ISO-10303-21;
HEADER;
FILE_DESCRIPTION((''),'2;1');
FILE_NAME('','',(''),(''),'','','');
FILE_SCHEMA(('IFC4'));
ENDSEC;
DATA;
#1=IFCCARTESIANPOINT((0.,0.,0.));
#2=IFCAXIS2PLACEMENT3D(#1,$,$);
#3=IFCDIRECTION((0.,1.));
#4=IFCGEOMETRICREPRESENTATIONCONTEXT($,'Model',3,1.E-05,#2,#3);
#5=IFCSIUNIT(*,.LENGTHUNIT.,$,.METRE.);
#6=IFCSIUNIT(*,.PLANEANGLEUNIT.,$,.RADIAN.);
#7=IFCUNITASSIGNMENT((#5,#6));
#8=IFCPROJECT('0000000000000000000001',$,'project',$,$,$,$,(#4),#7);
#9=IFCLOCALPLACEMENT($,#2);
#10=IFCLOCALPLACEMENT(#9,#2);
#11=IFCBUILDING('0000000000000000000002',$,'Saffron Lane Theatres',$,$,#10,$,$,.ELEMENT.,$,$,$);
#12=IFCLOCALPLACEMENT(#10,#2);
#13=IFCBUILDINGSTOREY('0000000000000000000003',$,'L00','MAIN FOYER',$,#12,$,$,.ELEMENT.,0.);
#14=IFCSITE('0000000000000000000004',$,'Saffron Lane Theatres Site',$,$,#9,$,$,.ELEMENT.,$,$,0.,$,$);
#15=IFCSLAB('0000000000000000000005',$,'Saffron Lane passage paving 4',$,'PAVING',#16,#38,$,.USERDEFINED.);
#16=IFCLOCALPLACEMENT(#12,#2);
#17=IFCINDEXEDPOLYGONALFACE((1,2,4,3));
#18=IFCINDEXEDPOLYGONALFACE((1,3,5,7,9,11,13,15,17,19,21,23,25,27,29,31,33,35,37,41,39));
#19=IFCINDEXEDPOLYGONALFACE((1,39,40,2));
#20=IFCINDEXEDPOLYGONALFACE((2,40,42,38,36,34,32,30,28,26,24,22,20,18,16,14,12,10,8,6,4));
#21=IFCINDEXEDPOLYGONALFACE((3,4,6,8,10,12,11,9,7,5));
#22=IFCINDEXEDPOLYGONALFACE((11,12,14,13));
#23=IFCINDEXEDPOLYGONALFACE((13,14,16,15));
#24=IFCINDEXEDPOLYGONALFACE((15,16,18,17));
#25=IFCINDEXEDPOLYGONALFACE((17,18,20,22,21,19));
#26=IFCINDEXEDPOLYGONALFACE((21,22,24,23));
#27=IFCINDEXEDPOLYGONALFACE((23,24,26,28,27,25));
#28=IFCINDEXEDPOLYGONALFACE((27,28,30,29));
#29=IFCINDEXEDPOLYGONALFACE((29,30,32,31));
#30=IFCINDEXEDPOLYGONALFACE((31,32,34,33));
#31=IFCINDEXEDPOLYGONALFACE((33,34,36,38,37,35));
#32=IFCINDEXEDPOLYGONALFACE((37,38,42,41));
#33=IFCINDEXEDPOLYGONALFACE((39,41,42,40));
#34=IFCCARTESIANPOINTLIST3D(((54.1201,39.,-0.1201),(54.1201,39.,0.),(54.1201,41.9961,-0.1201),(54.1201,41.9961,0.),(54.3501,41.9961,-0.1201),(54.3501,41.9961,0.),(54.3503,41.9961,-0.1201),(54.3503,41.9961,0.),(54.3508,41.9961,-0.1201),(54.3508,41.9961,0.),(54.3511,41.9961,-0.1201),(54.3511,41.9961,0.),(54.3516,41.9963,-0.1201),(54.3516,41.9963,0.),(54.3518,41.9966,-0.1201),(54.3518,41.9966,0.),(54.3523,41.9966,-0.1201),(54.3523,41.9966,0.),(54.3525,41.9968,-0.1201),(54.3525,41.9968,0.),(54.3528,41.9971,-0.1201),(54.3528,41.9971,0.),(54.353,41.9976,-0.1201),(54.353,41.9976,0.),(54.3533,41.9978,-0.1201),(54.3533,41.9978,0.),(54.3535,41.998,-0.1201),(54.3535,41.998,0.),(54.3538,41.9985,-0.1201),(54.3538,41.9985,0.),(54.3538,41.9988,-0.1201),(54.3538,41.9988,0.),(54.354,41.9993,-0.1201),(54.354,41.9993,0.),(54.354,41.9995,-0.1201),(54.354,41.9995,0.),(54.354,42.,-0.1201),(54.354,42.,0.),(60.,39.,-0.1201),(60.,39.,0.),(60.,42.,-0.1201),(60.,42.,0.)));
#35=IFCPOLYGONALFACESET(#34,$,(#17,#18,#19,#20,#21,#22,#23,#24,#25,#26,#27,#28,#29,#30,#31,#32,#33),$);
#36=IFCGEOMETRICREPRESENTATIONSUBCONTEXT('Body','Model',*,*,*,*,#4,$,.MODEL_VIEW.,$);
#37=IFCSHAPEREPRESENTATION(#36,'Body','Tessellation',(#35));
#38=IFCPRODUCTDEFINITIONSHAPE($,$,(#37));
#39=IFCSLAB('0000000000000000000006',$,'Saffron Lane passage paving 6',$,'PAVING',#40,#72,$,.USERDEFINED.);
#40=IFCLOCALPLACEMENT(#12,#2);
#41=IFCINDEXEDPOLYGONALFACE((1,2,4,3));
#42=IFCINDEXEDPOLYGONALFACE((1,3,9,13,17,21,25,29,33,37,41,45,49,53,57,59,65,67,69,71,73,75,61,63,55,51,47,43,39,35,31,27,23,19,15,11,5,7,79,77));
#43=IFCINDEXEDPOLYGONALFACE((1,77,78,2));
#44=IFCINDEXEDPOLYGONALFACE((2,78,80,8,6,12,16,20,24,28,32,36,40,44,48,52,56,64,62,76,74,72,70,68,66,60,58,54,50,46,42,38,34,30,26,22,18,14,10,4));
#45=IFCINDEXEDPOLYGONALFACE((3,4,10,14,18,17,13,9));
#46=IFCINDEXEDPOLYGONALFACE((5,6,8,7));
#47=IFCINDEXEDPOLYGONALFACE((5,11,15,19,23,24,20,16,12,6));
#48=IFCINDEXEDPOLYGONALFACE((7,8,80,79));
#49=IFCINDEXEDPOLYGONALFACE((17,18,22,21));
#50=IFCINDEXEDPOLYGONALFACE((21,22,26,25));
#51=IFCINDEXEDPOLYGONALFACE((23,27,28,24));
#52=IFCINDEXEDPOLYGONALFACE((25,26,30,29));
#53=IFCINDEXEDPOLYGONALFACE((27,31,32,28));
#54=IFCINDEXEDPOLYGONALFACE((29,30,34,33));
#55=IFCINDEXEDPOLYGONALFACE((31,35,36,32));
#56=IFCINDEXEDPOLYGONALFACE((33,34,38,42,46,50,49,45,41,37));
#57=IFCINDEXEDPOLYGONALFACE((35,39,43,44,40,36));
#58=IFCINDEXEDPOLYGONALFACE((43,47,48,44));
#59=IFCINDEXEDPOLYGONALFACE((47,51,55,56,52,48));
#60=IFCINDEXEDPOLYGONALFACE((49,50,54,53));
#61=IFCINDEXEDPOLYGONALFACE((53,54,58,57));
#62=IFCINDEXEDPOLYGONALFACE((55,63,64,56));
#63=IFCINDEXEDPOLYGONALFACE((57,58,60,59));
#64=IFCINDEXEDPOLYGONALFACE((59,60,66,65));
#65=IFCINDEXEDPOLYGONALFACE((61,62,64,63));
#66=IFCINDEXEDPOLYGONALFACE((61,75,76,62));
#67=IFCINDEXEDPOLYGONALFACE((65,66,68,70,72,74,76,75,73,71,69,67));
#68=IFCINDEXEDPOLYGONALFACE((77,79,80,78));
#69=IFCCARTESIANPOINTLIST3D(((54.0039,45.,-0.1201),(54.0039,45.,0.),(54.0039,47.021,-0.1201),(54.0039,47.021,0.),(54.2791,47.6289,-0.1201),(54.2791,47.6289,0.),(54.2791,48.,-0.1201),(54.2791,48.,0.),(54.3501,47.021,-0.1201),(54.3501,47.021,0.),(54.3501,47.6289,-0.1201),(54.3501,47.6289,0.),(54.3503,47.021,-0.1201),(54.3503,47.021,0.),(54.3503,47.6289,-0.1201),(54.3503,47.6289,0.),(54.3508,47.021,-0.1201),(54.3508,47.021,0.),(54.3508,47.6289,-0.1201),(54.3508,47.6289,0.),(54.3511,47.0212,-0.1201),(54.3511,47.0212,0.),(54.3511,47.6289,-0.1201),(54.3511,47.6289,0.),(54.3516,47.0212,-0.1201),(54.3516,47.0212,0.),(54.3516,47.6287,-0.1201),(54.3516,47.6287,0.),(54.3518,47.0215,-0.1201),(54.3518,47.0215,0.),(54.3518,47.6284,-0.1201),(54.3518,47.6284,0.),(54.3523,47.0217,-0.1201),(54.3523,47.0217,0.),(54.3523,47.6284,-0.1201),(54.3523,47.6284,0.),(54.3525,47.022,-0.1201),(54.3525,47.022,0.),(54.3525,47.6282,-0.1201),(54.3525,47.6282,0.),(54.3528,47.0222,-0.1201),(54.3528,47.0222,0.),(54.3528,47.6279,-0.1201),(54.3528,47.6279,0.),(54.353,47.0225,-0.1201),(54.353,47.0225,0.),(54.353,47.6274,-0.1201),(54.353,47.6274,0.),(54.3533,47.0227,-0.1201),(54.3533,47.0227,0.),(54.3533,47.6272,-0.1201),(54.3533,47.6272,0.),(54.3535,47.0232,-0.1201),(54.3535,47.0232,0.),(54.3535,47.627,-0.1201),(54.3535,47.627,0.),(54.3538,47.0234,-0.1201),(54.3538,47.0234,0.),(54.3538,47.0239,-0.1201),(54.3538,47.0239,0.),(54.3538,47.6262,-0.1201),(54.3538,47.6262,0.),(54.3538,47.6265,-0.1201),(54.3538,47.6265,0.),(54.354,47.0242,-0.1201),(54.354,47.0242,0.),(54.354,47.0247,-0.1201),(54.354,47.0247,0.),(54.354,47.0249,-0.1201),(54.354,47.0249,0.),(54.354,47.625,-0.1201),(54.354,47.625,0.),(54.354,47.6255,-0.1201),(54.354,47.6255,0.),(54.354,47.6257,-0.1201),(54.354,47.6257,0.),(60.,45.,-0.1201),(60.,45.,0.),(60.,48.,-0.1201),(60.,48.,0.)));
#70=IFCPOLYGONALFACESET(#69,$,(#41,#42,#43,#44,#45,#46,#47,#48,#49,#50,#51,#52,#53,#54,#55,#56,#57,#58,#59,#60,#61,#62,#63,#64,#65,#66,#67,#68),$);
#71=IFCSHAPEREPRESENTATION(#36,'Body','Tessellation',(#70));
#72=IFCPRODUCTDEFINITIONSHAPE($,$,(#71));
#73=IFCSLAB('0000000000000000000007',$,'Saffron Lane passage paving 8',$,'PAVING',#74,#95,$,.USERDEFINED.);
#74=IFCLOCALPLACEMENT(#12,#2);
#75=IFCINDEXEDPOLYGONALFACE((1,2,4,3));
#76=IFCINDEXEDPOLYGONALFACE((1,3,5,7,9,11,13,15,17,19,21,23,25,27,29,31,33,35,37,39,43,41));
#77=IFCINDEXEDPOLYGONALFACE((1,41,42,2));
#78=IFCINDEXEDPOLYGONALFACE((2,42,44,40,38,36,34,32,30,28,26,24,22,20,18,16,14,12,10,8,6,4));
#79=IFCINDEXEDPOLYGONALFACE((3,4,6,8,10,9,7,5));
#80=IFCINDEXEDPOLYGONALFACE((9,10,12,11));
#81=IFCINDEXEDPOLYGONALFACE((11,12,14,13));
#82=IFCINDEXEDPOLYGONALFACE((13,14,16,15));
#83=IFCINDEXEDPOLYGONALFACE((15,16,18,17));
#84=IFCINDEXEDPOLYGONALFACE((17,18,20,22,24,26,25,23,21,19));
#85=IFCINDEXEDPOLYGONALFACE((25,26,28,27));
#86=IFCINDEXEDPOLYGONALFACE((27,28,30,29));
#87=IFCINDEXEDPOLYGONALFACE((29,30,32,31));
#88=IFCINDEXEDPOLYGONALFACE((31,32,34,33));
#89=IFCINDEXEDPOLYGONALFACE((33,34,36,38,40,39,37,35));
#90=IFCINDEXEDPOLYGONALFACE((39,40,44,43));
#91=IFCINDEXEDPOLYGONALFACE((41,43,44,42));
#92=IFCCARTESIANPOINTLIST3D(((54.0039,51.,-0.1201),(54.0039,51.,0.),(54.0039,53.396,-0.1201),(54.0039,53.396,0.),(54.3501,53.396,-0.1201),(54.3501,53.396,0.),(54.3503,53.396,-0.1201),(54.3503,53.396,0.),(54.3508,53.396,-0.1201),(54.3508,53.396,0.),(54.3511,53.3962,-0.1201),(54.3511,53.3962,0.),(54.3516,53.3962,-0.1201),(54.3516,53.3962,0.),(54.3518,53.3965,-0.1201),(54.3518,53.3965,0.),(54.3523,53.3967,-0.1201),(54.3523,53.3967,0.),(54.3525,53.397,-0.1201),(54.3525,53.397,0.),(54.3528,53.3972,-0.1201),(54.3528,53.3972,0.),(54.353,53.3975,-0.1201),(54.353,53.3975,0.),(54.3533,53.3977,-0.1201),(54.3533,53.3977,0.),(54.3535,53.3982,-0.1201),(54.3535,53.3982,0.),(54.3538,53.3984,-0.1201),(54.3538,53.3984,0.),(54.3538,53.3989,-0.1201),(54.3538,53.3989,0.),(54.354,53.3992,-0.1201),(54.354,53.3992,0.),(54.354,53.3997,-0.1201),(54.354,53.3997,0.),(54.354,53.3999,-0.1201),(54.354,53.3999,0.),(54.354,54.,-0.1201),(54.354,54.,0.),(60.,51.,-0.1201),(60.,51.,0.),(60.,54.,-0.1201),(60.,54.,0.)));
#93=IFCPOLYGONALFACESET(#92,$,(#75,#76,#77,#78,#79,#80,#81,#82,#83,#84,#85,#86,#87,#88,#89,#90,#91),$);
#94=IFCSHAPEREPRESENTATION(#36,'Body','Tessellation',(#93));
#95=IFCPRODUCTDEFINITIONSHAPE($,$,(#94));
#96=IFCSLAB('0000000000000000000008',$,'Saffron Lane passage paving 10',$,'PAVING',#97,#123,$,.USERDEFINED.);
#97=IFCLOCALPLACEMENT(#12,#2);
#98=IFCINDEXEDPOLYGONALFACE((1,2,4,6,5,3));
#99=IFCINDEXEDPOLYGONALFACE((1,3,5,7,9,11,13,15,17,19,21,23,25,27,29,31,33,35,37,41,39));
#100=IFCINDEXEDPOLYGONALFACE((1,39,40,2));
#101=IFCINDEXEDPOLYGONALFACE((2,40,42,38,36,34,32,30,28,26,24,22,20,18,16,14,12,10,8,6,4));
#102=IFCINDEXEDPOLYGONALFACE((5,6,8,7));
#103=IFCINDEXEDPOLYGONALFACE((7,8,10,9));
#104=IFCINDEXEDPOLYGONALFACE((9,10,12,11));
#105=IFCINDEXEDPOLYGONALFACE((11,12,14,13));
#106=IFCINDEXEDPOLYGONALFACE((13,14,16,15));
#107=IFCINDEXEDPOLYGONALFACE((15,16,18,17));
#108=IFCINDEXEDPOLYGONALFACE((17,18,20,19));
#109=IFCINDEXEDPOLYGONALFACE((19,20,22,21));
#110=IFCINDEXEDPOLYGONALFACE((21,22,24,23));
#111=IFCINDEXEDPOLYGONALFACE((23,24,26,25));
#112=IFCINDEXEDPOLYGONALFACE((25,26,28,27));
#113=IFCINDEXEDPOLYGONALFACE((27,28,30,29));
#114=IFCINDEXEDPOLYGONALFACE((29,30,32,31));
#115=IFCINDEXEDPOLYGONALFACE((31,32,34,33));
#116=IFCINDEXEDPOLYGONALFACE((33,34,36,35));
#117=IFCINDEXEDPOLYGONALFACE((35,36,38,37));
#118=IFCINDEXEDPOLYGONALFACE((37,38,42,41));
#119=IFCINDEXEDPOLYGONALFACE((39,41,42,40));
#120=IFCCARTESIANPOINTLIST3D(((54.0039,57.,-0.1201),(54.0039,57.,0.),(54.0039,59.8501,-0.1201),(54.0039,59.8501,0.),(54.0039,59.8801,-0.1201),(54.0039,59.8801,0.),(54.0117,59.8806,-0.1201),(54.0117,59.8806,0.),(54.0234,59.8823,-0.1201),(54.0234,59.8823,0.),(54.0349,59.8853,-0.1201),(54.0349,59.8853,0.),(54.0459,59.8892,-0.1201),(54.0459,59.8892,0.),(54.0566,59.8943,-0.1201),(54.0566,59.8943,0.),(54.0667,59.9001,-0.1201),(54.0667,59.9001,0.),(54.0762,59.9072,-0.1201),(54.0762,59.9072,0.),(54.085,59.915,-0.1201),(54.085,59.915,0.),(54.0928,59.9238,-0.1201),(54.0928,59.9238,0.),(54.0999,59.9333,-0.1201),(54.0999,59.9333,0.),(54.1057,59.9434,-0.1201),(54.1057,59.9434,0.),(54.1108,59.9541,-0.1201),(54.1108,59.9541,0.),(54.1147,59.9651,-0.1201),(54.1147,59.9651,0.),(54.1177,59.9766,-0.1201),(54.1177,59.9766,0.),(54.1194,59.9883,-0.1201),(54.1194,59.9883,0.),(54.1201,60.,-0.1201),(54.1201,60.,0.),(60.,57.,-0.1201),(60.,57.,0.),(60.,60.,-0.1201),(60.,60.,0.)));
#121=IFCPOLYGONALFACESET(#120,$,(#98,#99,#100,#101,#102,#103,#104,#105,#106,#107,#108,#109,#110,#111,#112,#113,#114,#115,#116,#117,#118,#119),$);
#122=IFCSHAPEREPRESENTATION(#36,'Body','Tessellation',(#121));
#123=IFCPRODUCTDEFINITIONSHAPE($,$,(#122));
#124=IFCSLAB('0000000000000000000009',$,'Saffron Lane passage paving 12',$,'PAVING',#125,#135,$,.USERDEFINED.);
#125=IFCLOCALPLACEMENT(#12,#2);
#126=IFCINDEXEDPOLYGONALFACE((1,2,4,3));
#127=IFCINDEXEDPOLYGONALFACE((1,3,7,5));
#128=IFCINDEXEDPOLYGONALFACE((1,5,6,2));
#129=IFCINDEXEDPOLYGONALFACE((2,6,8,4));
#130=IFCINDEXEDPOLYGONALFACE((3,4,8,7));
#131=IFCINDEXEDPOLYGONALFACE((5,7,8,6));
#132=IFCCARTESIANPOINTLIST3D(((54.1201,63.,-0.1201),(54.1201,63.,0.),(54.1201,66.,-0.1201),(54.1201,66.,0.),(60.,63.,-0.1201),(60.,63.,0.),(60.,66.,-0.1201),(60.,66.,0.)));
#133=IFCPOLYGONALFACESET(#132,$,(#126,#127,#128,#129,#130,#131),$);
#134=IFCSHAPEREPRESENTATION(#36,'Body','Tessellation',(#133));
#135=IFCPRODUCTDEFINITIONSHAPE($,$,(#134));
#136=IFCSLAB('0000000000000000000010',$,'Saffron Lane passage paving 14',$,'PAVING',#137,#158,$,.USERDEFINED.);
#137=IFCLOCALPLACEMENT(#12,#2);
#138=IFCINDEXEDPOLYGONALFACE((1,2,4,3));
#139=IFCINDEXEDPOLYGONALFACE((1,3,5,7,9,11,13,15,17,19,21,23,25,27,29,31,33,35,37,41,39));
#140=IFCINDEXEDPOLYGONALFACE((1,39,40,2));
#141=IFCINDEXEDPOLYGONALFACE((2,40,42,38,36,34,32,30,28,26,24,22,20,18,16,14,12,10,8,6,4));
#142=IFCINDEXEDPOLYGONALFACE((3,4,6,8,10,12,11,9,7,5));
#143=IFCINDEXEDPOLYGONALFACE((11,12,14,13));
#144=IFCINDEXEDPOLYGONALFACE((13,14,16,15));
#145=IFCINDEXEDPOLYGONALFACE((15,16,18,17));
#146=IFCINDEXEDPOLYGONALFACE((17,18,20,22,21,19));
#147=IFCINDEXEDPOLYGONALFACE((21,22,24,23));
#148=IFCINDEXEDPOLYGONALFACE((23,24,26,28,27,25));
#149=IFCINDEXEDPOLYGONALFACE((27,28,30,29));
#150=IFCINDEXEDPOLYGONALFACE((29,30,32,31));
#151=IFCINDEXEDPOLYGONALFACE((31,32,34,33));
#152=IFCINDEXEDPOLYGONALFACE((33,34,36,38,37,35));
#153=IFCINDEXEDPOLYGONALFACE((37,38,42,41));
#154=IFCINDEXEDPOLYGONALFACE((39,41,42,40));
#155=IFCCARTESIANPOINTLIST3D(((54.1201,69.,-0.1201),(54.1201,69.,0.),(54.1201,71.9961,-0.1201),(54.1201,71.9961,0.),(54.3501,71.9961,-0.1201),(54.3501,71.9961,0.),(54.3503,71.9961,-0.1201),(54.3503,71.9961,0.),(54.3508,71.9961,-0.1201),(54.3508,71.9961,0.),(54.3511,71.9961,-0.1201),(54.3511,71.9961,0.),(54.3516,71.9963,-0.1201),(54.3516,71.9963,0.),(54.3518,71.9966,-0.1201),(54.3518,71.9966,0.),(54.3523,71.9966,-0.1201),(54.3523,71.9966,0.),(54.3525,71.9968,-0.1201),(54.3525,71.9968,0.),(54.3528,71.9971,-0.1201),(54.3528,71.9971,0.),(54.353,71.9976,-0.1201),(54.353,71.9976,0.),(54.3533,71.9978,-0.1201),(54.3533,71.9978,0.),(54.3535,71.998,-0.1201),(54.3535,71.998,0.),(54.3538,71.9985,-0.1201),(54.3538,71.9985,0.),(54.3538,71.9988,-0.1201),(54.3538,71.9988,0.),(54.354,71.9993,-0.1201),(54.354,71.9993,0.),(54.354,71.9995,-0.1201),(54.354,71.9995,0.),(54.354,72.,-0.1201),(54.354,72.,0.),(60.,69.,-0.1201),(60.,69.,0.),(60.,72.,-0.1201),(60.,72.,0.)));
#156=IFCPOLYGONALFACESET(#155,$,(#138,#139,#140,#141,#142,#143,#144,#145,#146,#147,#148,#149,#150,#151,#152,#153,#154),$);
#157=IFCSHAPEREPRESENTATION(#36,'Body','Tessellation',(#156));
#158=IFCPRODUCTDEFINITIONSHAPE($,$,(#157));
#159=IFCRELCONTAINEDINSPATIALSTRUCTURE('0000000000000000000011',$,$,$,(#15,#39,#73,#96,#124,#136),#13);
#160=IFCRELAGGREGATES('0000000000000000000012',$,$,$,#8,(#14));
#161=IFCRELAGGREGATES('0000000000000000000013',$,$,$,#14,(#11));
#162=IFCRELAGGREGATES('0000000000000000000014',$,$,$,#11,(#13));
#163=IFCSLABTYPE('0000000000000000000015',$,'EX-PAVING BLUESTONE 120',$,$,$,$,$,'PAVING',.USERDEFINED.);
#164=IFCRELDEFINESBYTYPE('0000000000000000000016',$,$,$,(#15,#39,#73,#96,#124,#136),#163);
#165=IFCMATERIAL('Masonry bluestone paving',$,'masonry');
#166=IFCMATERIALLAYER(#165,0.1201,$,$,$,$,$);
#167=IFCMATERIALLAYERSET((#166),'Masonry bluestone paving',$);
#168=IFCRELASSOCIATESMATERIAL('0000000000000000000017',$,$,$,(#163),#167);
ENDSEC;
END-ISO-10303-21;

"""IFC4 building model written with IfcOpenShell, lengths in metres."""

from ifc_helpers import new_model, si_unit, direction, frame, origin, place, context, subcontext, project, spatial, polyline, outline, extrude, material, layer, layer_set, type_object, element, save


model = new_model("IFC4")

# Units and contexts
model_context = context("Model", 3, precision=1e-05, world=origin(), true_north=direction((0.0, 1.0)))
body_context = subcontext(model_context, "Body", "Model", "MODEL_VIEW")
ifc_project = project(units=[si_unit("LENGTHUNIT", "METRE"), si_unit("PLANEANGLEUNIT", "RADIAN")], contexts=[model_context])

# Site, building, storey
site_placement = place(None, origin())
site = spatial("IfcSite", under=ifc_project, at=site_placement, Name="Saffron Lane Theatres Site", CompositionType="ELEMENT", RefElevation=0.0)
building_placement = place(site_placement, origin())
building = spatial("IfcBuilding", under=site, at=building_placement, Name="Saffron Lane Theatres", CompositionType="ELEMENT")
storey_placement = place(building_placement, origin())
storey = spatial("IfcBuildingStorey", under=building, at=storey_placement, Name="L00", Description="MAIN FOYER", CompositionType="ELEMENT", Elevation=0.0)

# Slabs
ifc_material_1 = material(Name="Masonry bluestone paving", Category="masonry")
ifc_layer_1 = layer(ifc_material_1, 0.1201)
ifc_layer_set_1 = layer_set([ifc_layer_1], Name="Masonry bluestone paving")
slab_type_1 = type_object("IfcSlabType", Name="EX-PAVING BLUESTONE 120", ElementType="PAVING", PredefinedType="USERDEFINED", material=ifc_layer_set_1)
slab_1_placement = place(storey_placement, frame((0.0, 0.0, -0.1201)))
element("IfcSlab", 1, at=slab_1_placement, inside=storey, type_object=slab_type_1, Name="Saffron Lane passage paving 4", ObjectType="PAVING", PredefinedType="USERDEFINED", context=body_context, shape_type="SweptSolid", body=[
    extrude(outline(polyline([(60.0, 39.0), (60.0, 42.0), (54.354, 42.0), (54.354, 41.9995), (54.354, 41.9993), (54.3538, 41.9988), (54.3538, 41.9985), (54.3535, 41.998), (54.3533, 41.9978), (54.353, 41.9976), (54.3528, 41.9971), (54.3525, 41.9968), (54.3523, 41.9966), (54.3518, 41.9966), (54.3516, 41.9963), (54.3511, 41.9961), (54.3508, 41.9961), (54.3503, 41.9961), (54.3501, 41.9961), (54.1201, 41.9961), (54.1201, 39.0), (60.0, 39.0)])), origin(), (0.0, 0.0, 1.0), 0.1201),
])
slab_2_placement = place(storey_placement, frame((0.0, 0.0, -0.1201)))
element("IfcSlab", 2, at=slab_2_placement, inside=storey, type_object=slab_type_1, Name="Saffron Lane passage paving 6", ObjectType="PAVING", PredefinedType="USERDEFINED", context=body_context, shape_type="SweptSolid", body=[
    extrude(outline(polyline([(60.0, 45.0), (60.0, 48.0), (54.2791, 48.0), (54.2791, 47.6289), (54.3501, 47.6289), (54.3503, 47.6289), (54.3508, 47.6289), (54.3511, 47.6289), (54.3516, 47.6287), (54.3518, 47.6284), (54.3523, 47.6284), (54.3525, 47.6282), (54.3528, 47.6279), (54.353, 47.6274), (54.3533, 47.6272), (54.3535, 47.627), (54.3538, 47.6265), (54.3538, 47.6262), (54.354, 47.6257), (54.354, 47.6255), (54.354, 47.625), (54.354, 47.0249), (54.354, 47.0247), (54.354, 47.0242), (54.3538, 47.0239), (54.3538, 47.0234), (54.3535, 47.0232), (54.3533, 47.0227), (54.353, 47.0225), (54.3528, 47.0222), (54.3525, 47.022), (54.3523, 47.0217), (54.3518, 47.0215), (54.3516, 47.0212), (54.3511, 47.0212), (54.3508, 47.021), (54.3503, 47.021), (54.3501, 47.021), (54.0039, 47.021), (54.0039, 45.0), (60.0, 45.0)])), origin(), (0.0, 0.0, 1.0), 0.1201),
])
slab_3_placement = place(storey_placement, frame((0.0, 0.0, -0.1201)))
element("IfcSlab", 3, at=slab_3_placement, inside=storey, type_object=slab_type_1, Name="Saffron Lane passage paving 8", ObjectType="PAVING", PredefinedType="USERDEFINED", context=body_context, shape_type="SweptSolid", body=[
    extrude(outline(polyline([(60.0, 51.0), (60.0, 54.0), (54.354, 54.0), (54.354, 53.3999), (54.354, 53.3997), (54.354, 53.3992), (54.3538, 53.3989), (54.3538, 53.3984), (54.3535, 53.3982), (54.3533, 53.3977), (54.353, 53.3975), (54.3528, 53.3972), (54.3525, 53.397), (54.3523, 53.3967), (54.3518, 53.3965), (54.3516, 53.3962), (54.3511, 53.3962), (54.3508, 53.396), (54.3503, 53.396), (54.3501, 53.396), (54.0039, 53.396), (54.0039, 51.0), (60.0, 51.0)])), origin(), (0.0, 0.0, 1.0), 0.1201),
])
slab_4_placement = place(storey_placement, frame((0.0, 0.0, -0.1201)))
element("IfcSlab", 4, at=slab_4_placement, inside=storey, type_object=slab_type_1, Name="Saffron Lane passage paving 10", ObjectType="PAVING", PredefinedType="USERDEFINED", context=body_context, shape_type="SweptSolid", body=[
    extrude(outline(polyline([(60.0, 57.0), (60.0, 60.0), (54.1201, 60.0), (54.1194, 59.9883), (54.1177, 59.9766), (54.1147, 59.9651), (54.1108, 59.9541), (54.1057, 59.9434), (54.0999, 59.9333), (54.0928, 59.9238), (54.085, 59.915), (54.0762, 59.9072), (54.0667, 59.9001), (54.0566, 59.8943), (54.0459, 59.8892), (54.0349, 59.8853), (54.0234, 59.8823), (54.0117, 59.8806), (54.0039, 59.8801), (54.0039, 59.8501), (54.0039, 59.8501), (54.0039, 57.0), (60.0, 57.0)])), origin(), (0.0, 0.0, 1.0), 0.1201),
])
slab_5_placement = place(storey_placement, frame((0.0, 0.0, -0.1201)))
element("IfcSlab", 5, at=slab_5_placement, inside=storey, type_object=slab_type_1, Name="Saffron Lane passage paving 12", ObjectType="PAVING", PredefinedType="USERDEFINED", context=body_context, shape_type="SweptSolid", body=[
    extrude(outline(polyline([(60.0, 63.0), (60.0, 66.0), (54.1201, 66.0), (54.1201, 63.0), (60.0, 63.0)])), origin(), (0.0, 0.0, 1.0), 0.1201),
])
slab_6_placement = place(storey_placement, frame((0.0, 0.0, -0.1201)))
element("IfcSlab", 6, at=slab_6_placement, inside=storey, type_object=slab_type_1, Name="Saffron Lane passage paving 14", ObjectType="PAVING", PredefinedType="USERDEFINED", context=body_context, shape_type="SweptSolid", body=[
    extrude(outline(polyline([(60.0, 69.0), (60.0, 72.0), (54.354, 72.0), (54.354, 71.9995), (54.354, 71.9993), (54.3538, 71.9988), (54.3538, 71.9985), (54.3535, 71.998), (54.3533, 71.9978), (54.353, 71.9976), (54.3528, 71.9971), (54.3525, 71.9968), (54.3523, 71.9966), (54.3518, 71.9966), (54.3516, 71.9963), (54.3511, 71.9961), (54.3508, 71.9961), (54.3503, 71.9961), (54.3501, 71.9961), (54.1201, 71.9961), (54.1201, 69.0), (60.0, 69.0)])), origin(), (0.0, 0.0, 1.0), 0.1201),
])

save(model, "model.ifc")
